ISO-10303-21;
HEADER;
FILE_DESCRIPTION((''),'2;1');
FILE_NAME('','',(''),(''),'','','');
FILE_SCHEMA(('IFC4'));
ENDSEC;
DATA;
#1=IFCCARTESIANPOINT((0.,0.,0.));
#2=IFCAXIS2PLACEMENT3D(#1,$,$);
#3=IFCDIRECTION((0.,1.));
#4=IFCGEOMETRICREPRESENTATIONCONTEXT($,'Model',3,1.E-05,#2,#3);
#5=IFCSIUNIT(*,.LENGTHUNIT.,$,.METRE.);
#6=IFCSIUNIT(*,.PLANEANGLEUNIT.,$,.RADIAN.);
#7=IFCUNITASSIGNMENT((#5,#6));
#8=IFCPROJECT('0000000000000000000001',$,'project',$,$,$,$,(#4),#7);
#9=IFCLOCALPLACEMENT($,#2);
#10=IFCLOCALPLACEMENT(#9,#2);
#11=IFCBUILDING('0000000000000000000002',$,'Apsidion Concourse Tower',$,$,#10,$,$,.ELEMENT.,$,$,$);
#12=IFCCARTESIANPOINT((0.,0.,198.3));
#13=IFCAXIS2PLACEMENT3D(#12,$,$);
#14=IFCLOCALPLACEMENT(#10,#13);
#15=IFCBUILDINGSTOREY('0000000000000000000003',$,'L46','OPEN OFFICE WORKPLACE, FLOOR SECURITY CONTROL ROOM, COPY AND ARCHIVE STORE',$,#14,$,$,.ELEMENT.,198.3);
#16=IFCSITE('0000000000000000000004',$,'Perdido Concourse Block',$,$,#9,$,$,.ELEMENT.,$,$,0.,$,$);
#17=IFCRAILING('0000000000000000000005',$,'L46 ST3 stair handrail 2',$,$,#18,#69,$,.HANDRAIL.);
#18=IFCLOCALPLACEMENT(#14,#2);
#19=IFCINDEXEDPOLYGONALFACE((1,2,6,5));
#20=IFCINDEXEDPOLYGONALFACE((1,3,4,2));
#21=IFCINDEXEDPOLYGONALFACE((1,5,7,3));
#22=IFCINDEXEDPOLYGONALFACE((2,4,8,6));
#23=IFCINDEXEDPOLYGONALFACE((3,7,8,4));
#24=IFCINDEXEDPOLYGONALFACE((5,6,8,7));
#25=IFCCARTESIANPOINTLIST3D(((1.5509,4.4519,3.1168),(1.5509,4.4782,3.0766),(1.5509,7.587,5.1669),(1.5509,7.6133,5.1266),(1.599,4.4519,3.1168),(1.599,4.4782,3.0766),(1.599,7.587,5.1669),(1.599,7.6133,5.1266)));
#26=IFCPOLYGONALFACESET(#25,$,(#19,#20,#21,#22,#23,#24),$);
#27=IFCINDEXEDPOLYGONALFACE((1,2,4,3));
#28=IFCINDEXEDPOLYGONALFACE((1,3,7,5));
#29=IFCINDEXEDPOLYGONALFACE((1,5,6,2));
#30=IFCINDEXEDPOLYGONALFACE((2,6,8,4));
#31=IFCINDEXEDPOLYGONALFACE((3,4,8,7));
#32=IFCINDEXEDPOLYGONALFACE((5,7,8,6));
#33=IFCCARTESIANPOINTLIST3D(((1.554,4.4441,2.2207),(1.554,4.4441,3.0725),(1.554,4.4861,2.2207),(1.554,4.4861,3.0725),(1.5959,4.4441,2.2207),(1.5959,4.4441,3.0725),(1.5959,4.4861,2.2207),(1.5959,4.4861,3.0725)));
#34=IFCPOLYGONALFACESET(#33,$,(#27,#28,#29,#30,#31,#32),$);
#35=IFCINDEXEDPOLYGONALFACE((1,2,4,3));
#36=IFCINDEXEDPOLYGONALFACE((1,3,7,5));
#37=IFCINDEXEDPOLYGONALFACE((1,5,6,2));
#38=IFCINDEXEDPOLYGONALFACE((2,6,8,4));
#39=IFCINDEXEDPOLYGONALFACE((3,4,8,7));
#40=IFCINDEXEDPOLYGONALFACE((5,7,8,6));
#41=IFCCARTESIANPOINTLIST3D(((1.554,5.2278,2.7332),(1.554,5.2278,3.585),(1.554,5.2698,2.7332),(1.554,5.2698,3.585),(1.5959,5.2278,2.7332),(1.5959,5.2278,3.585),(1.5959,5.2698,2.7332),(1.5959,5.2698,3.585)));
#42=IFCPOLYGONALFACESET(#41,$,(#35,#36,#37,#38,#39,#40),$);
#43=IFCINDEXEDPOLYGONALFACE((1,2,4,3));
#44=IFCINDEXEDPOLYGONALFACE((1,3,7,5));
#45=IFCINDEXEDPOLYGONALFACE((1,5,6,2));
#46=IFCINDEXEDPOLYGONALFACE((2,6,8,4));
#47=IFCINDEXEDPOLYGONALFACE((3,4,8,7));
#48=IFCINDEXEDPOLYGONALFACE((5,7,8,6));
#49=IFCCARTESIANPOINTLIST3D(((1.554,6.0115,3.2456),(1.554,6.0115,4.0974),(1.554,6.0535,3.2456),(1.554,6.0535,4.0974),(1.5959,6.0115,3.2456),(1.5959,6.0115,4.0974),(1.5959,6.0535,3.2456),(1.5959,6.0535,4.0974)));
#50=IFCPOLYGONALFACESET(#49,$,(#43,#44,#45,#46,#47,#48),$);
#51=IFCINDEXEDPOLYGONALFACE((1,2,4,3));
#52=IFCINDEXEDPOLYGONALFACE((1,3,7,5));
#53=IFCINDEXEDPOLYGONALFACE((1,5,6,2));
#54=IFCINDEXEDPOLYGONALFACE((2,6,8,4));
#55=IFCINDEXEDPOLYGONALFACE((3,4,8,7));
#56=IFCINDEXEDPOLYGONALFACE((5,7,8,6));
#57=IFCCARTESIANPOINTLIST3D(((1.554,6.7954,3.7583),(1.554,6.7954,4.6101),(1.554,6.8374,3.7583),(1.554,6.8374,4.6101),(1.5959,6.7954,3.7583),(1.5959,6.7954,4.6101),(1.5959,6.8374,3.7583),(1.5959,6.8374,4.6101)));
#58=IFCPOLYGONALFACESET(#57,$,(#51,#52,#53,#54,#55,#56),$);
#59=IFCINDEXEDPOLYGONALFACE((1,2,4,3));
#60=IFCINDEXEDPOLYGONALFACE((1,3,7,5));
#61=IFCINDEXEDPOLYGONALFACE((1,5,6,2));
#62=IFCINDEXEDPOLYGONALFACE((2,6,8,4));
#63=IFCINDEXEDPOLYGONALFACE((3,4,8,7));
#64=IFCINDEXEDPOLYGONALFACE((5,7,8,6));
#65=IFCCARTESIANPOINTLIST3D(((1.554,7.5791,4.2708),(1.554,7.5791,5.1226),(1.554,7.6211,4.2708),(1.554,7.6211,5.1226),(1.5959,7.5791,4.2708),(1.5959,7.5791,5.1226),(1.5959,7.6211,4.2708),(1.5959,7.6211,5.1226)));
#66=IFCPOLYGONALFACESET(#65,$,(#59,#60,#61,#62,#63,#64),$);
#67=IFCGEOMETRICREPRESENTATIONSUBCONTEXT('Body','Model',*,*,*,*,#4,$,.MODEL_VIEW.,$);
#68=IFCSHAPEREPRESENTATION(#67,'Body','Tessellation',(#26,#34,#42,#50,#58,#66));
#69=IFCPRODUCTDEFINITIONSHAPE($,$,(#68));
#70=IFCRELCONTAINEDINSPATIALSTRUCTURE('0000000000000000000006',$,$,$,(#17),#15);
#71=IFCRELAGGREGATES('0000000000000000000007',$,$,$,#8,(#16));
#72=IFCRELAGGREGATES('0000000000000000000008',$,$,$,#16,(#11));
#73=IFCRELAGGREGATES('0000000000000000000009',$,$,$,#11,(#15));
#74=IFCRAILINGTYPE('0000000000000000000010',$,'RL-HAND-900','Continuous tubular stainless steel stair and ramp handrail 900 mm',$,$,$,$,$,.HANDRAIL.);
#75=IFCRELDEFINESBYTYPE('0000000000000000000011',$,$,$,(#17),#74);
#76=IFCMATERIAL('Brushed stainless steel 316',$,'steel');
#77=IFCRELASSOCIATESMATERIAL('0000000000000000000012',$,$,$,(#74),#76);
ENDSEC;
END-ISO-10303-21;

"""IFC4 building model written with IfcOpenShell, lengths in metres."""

from ifc_helpers import new_model, si_unit, direction, frame, origin, origin_2d, place, context, subcontext, project, spatial, rectangle, extrude, material, type_object, element, save


model = new_model("IFC4")

# Units and contexts
model_context = context("Model", 3, precision=1e-05, world=origin(), true_north=direction((0.0, 1.0)))
body_context = subcontext(model_context, "Body", "Model", "MODEL_VIEW")
ifc_project = project(units=[si_unit("LENGTHUNIT", "METRE"), si_unit("PLANEANGLEUNIT", "RADIAN")], contexts=[model_context])

# Site, building, storey
site_placement = place(None, origin())
site = spatial("IfcSite", under=ifc_project, at=site_placement, Name="Perdido Concourse Block", CompositionType="ELEMENT", RefElevation=0.0)
building_placement = place(site_placement, origin())
building = spatial("IfcBuilding", under=site, at=building_placement, Name="Apsidion Concourse Tower", CompositionType="ELEMENT")
storey_placement = place(building_placement, frame((0.0, 0.0, 198.3)))
storey = spatial("IfcBuildingStorey", under=building, at=storey_placement, Name="L46", Description="OPEN OFFICE WORKPLACE, FLOOR SECURITY CONTROL ROOM, COPY AND ARCHIVE STORE", CompositionType="ELEMENT", Elevation=198.3)

# Railing
ifc_material_1 = material(Name="Brushed stainless steel 316", Category="steel")
railing_type_1 = type_object("IfcRailingType", Name="RL-HAND-900", Description="Continuous tubular stainless steel stair and ramp handrail 900 mm", PredefinedType="HANDRAIL", material=ifc_material_1)
railing_1_placement = place(storey_placement, frame((1.575, 4.4651, 2.2207)))
element("IfcRailing", 1, at=railing_1_placement, inside=storey, type_object=railing_type_1, Name="L46 ST3 stair handrail 2", PredefinedType="HANDRAIL", context=body_context, shape_type="SweptSolid", body=[
    extrude(rectangle(XDim=0.0481, YDim=0.0481, at=origin_2d()), frame((0.0, 0.0, 0.876), z_axis=(0.0, 0.836941, 0.547293), x_axis=(-1.0, 0.0, 0.0)), (0.0, 0.0, 1.0), 3.7458),
    extrude(rectangle(XDim=0.042, YDim=0.042, at=origin_2d()), origin(), (0.0, 0.0, 1.0), 0.8518),
    extrude(rectangle(XDim=0.042, YDim=0.042, at=origin_2d()), frame((0.0, 0.7837, 0.5125)), (0.0, 0.0, 1.0), 0.8518),
    extrude(rectangle(XDim=0.042, YDim=0.042, at=origin_2d()), frame((0.0, 1.5674, 1.0249)), (0.0, 0.0, 1.0), 0.8518),
    extrude(rectangle(XDim=0.042, YDim=0.042, at=origin_2d()), frame((0.0, 2.3513, 1.5376)), (0.0, 0.0, 1.0), 0.8518),
    extrude(rectangle(XDim=0.042, YDim=0.042, at=origin_2d()), frame((0.0, 3.135, 2.05)), (0.0, 0.0, 1.0), 0.8518),
])

save(model, "model.ifc")
